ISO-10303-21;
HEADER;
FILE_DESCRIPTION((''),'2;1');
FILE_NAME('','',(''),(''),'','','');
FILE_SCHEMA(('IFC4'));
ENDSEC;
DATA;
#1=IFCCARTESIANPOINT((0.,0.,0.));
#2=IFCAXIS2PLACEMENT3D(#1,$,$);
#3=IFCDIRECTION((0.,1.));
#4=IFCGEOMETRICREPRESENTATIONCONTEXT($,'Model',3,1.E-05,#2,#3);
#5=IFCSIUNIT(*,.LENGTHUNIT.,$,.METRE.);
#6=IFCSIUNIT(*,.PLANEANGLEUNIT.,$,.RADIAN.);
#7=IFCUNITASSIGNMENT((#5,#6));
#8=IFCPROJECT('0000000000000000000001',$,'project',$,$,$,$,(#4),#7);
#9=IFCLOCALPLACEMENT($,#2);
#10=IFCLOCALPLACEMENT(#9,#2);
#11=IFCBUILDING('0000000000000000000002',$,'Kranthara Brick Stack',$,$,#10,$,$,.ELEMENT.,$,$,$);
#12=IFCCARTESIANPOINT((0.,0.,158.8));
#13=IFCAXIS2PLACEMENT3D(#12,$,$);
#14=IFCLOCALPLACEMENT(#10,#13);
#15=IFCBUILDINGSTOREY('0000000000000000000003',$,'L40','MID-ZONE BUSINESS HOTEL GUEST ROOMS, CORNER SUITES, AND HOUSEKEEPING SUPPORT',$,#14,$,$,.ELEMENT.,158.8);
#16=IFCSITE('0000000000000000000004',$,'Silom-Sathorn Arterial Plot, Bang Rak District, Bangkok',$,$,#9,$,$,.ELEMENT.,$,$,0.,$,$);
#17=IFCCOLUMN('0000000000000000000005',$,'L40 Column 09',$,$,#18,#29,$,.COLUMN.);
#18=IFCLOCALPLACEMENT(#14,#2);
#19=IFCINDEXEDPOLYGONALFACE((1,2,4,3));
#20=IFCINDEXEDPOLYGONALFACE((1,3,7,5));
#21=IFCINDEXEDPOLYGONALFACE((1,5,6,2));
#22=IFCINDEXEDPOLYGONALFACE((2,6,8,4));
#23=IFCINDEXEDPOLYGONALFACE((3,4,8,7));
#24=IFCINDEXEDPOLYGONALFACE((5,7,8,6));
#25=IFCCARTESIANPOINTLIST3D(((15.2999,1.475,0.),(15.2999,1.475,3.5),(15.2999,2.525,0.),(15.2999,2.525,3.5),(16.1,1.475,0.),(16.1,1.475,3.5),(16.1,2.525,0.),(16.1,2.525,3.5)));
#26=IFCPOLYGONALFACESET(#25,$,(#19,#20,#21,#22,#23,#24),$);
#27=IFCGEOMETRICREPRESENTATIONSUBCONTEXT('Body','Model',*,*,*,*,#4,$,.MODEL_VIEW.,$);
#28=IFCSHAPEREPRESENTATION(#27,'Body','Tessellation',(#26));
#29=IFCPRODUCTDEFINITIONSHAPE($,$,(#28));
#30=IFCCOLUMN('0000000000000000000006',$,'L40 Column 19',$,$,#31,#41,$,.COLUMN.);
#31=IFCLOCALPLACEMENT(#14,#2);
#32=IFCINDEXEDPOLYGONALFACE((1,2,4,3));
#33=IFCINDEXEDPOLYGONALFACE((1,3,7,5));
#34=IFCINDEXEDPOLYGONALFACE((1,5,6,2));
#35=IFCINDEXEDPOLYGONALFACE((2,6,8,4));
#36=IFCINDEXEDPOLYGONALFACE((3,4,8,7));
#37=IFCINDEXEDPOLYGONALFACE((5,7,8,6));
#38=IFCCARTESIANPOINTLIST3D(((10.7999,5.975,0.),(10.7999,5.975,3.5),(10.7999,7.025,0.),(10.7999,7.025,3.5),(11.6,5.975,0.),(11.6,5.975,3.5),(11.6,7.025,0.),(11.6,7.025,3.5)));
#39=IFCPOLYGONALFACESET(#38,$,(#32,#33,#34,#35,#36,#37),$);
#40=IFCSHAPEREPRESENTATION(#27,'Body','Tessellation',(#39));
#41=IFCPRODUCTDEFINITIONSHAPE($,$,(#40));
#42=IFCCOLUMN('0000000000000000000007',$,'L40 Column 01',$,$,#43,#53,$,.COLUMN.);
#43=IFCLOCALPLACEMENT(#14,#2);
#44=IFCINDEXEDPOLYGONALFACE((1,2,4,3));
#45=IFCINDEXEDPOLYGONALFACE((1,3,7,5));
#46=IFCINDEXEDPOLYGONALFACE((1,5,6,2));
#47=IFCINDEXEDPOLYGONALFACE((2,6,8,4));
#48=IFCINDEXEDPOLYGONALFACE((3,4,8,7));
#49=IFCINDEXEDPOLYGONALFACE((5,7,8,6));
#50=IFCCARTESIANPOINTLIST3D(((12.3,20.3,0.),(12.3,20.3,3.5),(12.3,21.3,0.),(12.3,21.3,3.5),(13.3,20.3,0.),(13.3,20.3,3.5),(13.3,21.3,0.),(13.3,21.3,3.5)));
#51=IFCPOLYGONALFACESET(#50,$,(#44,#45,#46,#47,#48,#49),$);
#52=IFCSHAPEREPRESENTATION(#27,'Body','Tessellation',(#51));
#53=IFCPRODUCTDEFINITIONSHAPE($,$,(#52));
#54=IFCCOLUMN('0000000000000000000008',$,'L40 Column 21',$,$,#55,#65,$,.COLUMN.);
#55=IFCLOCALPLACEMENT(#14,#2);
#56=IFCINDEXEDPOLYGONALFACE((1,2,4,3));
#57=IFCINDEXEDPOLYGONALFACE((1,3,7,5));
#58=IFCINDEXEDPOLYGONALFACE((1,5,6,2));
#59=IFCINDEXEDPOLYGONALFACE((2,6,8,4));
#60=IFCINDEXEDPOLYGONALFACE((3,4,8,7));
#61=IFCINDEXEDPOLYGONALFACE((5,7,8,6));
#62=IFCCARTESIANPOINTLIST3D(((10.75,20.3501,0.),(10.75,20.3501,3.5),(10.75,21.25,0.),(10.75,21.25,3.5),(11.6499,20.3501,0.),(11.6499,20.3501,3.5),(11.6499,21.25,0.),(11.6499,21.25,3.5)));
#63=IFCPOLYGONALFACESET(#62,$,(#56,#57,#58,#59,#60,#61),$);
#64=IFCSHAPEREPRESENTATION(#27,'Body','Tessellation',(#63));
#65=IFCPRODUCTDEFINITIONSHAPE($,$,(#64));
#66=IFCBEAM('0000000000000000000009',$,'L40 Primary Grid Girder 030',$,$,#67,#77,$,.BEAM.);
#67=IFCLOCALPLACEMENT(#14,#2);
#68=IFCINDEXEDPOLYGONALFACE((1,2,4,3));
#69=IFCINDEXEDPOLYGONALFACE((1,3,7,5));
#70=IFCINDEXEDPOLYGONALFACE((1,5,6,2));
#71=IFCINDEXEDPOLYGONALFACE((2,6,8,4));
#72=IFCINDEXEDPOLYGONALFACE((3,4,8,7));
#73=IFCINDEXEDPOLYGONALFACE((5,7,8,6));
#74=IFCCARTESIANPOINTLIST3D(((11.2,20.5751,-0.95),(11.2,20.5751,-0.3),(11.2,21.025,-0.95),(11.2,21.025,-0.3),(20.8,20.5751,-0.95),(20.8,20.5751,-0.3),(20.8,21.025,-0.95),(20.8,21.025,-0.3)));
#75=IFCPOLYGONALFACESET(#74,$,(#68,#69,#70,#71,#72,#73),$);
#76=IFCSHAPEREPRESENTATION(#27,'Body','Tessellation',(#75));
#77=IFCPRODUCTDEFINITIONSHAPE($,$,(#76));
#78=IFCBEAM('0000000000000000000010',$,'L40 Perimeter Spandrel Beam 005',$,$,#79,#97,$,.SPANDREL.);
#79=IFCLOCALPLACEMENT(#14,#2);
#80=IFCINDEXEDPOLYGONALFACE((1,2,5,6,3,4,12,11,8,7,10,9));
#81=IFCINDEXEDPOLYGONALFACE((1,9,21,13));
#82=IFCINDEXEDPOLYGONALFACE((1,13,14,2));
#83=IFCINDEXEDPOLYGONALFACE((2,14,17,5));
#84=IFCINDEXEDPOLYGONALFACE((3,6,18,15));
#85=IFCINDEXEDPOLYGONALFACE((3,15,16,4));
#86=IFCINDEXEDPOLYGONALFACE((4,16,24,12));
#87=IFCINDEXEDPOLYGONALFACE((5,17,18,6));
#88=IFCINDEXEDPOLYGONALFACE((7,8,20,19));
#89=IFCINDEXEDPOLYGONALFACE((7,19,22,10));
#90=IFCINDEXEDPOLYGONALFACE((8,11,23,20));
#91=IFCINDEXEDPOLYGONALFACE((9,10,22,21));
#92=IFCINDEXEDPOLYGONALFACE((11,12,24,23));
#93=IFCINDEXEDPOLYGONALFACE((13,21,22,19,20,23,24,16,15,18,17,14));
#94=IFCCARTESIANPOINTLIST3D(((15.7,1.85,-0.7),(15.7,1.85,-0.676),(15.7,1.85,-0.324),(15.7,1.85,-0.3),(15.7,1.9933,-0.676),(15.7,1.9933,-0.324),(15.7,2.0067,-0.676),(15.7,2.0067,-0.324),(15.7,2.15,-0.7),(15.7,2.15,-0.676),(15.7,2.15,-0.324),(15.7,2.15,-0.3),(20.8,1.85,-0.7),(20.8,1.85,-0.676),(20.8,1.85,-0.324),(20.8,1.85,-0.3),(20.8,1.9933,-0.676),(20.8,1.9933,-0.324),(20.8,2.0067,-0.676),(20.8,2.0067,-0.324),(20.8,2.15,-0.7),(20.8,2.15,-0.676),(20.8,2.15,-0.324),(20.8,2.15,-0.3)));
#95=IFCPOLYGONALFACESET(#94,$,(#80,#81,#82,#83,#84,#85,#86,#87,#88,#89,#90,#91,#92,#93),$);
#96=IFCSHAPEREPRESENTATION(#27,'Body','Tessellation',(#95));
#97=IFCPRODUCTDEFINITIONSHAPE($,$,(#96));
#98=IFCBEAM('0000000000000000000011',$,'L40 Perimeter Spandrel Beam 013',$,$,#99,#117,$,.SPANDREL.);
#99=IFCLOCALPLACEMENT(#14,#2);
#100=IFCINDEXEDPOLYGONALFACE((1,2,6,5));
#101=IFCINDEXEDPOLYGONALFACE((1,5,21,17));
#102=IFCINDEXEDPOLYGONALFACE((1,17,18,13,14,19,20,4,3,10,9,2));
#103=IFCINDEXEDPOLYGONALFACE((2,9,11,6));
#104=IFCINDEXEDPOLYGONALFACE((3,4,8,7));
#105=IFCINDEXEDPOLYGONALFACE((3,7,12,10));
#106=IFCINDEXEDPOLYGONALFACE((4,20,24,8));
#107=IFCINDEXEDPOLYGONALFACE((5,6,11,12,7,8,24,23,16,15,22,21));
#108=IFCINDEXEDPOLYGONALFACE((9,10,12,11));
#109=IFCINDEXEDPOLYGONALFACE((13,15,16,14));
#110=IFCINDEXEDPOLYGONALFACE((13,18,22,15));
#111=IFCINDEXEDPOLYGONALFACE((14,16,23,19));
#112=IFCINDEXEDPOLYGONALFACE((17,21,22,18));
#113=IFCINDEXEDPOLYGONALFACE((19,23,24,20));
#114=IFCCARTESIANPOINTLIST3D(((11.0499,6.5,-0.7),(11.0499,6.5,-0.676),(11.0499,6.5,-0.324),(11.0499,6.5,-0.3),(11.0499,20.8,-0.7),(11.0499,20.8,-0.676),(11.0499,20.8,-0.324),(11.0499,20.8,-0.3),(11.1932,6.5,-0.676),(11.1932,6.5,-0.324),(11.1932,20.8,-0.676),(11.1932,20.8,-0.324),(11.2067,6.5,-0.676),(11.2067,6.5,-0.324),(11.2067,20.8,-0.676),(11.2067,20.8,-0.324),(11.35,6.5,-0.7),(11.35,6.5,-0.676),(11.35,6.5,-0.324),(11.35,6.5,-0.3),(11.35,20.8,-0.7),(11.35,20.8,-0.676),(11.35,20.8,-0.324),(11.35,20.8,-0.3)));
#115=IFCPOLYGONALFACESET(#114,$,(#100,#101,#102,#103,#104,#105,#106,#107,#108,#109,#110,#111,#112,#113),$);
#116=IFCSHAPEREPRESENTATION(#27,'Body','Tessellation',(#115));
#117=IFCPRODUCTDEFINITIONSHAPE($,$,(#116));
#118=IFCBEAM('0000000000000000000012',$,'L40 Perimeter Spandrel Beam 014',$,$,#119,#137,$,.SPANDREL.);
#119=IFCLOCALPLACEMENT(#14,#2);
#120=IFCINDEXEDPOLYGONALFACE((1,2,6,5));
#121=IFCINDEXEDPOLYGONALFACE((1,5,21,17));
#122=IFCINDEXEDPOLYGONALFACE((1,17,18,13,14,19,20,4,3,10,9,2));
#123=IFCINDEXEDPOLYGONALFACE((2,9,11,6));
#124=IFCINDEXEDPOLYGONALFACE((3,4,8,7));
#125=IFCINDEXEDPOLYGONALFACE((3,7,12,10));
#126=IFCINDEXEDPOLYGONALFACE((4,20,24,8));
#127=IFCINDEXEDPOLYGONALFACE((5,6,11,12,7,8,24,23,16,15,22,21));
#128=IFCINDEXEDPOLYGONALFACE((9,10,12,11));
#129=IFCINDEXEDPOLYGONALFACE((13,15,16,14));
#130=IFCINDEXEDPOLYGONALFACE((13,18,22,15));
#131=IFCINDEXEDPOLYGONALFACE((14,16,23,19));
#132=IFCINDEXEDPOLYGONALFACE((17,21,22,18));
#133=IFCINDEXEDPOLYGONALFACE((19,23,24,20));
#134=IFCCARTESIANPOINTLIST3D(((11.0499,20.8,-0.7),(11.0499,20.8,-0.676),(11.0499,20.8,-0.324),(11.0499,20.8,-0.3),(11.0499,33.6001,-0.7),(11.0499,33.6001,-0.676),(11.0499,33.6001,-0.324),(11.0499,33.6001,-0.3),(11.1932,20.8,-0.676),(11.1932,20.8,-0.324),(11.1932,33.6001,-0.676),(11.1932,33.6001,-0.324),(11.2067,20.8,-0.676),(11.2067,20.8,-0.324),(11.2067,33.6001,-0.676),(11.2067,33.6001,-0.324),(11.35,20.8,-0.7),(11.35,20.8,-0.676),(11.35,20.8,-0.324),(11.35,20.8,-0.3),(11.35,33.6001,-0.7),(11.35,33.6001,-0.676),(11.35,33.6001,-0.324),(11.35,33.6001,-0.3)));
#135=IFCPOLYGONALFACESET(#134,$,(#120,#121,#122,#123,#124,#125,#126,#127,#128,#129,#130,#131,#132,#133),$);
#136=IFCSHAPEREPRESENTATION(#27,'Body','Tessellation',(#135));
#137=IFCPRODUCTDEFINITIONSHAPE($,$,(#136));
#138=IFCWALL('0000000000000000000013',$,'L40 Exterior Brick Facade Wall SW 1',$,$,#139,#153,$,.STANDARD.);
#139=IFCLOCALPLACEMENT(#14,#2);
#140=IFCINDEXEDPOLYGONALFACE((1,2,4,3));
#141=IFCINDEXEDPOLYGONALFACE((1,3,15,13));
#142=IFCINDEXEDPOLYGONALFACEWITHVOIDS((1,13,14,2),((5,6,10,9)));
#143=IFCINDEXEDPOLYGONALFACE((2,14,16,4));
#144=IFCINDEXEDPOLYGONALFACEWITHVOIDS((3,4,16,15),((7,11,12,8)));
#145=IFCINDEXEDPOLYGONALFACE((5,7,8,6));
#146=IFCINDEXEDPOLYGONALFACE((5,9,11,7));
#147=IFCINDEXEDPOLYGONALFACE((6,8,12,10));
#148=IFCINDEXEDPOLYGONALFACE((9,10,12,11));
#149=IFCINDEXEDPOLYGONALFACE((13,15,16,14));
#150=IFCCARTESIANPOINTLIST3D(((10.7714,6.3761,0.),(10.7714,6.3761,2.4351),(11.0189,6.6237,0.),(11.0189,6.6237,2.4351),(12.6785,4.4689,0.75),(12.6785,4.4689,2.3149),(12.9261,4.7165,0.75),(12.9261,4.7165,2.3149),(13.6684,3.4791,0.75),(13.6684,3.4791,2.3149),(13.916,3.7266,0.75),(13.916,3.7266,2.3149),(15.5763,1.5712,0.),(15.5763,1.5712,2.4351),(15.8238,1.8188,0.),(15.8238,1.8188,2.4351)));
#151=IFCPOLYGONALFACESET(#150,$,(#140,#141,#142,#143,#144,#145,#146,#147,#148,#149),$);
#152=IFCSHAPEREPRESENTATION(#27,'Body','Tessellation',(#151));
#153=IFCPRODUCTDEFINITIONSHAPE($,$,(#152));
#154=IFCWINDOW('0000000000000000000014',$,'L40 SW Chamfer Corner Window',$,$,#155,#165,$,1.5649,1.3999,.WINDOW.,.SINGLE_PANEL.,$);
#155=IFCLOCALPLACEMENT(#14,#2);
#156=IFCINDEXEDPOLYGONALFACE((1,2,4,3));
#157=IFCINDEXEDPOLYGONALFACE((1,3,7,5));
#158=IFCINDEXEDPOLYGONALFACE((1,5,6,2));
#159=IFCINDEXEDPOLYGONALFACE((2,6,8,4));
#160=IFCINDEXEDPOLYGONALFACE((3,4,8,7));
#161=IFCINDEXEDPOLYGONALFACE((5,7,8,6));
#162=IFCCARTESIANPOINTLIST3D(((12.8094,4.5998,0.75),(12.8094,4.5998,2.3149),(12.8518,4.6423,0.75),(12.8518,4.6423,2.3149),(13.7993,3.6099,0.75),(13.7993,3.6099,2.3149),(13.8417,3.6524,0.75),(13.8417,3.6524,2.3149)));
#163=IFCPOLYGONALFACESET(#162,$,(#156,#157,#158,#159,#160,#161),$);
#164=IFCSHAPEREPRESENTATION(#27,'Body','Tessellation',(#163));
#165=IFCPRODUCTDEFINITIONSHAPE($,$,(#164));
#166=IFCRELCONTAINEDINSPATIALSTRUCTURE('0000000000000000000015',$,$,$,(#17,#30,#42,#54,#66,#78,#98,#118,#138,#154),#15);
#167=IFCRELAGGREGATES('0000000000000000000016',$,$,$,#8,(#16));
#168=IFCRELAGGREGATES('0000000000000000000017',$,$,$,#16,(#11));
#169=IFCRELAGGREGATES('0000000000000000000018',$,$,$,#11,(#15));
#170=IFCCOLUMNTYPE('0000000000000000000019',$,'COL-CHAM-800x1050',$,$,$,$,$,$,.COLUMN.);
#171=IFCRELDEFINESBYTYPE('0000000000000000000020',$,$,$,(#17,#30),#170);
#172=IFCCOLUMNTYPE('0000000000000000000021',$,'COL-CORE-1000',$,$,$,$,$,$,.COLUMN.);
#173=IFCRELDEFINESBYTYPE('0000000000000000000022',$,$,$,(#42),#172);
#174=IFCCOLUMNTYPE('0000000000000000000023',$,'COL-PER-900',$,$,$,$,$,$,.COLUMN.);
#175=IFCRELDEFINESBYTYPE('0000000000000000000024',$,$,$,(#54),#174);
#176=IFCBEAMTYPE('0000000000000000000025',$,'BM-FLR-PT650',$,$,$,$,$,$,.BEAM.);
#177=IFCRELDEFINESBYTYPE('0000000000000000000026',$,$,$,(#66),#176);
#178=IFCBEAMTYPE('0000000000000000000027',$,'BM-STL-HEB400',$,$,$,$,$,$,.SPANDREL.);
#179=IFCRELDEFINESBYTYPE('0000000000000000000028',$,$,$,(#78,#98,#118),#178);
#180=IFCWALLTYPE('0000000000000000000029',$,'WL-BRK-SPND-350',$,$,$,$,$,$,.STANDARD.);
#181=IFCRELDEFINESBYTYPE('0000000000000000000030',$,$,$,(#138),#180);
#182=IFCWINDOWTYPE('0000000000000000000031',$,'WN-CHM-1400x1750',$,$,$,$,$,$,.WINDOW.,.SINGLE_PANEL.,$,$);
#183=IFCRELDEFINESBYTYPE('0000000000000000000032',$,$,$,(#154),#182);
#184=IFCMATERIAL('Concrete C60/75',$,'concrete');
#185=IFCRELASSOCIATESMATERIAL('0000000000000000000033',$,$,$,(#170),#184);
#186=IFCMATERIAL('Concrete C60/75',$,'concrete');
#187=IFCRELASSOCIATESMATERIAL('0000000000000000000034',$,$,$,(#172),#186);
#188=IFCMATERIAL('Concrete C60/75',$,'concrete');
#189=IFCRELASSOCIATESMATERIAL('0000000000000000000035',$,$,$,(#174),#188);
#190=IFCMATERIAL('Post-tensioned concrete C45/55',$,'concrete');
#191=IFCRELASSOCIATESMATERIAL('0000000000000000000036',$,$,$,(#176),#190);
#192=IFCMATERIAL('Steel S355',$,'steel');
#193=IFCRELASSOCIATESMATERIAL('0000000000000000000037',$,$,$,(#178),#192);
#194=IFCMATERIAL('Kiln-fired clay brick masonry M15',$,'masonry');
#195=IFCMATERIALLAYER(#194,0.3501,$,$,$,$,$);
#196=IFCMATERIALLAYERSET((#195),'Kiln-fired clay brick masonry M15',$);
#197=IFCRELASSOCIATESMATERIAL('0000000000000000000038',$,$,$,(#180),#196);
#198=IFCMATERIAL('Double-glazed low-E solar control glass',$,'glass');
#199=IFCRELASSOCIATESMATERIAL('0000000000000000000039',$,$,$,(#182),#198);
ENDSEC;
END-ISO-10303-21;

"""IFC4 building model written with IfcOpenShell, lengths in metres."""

from ifc_helpers import new_model, si_unit, direction, frame, frame_2d, origin, origin_2d, place, context, subcontext, project, spatial, rectangle, i_section, extrude, material, layer, layer_set, material_profile, profile_set, type_object, element, fill, save


model = new_model("IFC4")

# Units and contexts
model_context = context("Model", 3, precision=1e-05, world=origin(), true_north=direction((0.0, 1.0)))
body_context = subcontext(model_context, "Body", "Model", "MODEL_VIEW")
ifc_project = project(units=[si_unit("LENGTHUNIT", "METRE"), si_unit("PLANEANGLEUNIT", "RADIAN")], contexts=[model_context])

# Site, building, storey
site_placement = place(None, origin())
site = spatial("IfcSite", under=ifc_project, at=site_placement, Name="Silom-Sathorn Arterial Plot, Bang Rak District, Bangkok", CompositionType="ELEMENT", RefElevation=0.0)
building_placement = place(site_placement, origin())
building = spatial("IfcBuilding", under=site, at=building_placement, Name="Kranthara Brick Stack", CompositionType="ELEMENT")
storey_placement = place(building_placement, frame((0.0, 0.0, 158.8)))
storey = spatial("IfcBuildingStorey", under=building, at=storey_placement, Name="L40", Description="MID-ZONE BUSINESS HOTEL GUEST ROOMS, CORNER SUITES, AND HOUSEKEEPING SUPPORT", CompositionType="ELEMENT", Elevation=158.8)

# Columns
ifc_material_1 = material(Name="Concrete C60/75", Category="concrete")
ifc_material_profile_1 = material_profile(ifc_material_1, rectangle(XDim=0.8, YDim=1.05, at=origin_2d()), Name="RC 800x1050")
ifc_profile_set_1 = profile_set([ifc_material_profile_1], Name="Concrete C60/75")
column_type_1 = type_object("IfcColumnType", Name="COL-CHAM-800x1050", PredefinedType="COLUMN", material=ifc_profile_set_1)
for number, where, z_axis, x_axis, name in (
    (1, (15.7, 2.0, 0.0), (0.0, 0.0, 1.0), (1.0, 0.0, 0.0), "L40 Column 09"),
    (2, (11.2, 6.5, 0.0), (0.0, 0.0, 1.0), (1.0, 0.0, 0.0), "L40 Column 19"),
):
    element("IfcColumn", number, at=place(storey_placement, frame(where, z_axis=z_axis, x_axis=x_axis)), inside=storey, type_object=column_type_1, Name=name, PredefinedType="COLUMN", context=body_context, shape_type="SweptSolid", body=[
        extrude(rectangle(XDim=0.8, YDim=1.05, at=origin_2d()), origin(), (0.0, 0.0, 1.0), 3.5),
    ])
ifc_material_2 = material(Name="Concrete C60/75", Category="concrete")
ifc_material_profile_2 = material_profile(ifc_material_2, rectangle(XDim=1.0, YDim=1.0, at=origin_2d()), Name="RC 1000x1000")
ifc_profile_set_2 = profile_set([ifc_material_profile_2], Name="Concrete C60/75")
column_type_2 = type_object("IfcColumnType", Name="COL-CORE-1000", PredefinedType="COLUMN", material=ifc_profile_set_2)
column_1_placement = place(storey_placement, frame((12.8, 20.8, 0.0), z_axis=(0.0, 0.0, 1.0), x_axis=(1.0, 0.0, 0.0)))
element("IfcColumn", 3, at=column_1_placement, inside=storey, type_object=column_type_2, Name="L40 Column 01", PredefinedType="COLUMN", context=body_context, shape_type="SweptSolid", body=[
    extrude(rectangle(XDim=1.0, YDim=1.0, at=origin_2d()), origin(), (0.0, 0.0, 1.0), 3.5),
])
ifc_material_3 = material(Name="Concrete C60/75", Category="concrete")
ifc_material_profile_3 = material_profile(ifc_material_3, rectangle(XDim=0.8999, YDim=0.8999, at=origin_2d()), Name="RC 900x900")
ifc_profile_set_3 = profile_set([ifc_material_profile_3], Name="Concrete C60/75")
column_type_3 = type_object("IfcColumnType", Name="COL-PER-900", PredefinedType="COLUMN", material=ifc_profile_set_3)
column_2_placement = place(storey_placement, frame((11.2, 20.8, 0.0), z_axis=(0.0, 0.0, 1.0), x_axis=(1.0, 0.0, 0.0)))
element("IfcColumn", 4, at=column_2_placement, inside=storey, type_object=column_type_3, Name="L40 Column 21", PredefinedType="COLUMN", context=body_context, shape_type="SweptSolid", body=[
    extrude(rectangle(XDim=0.8999, YDim=0.8999, at=origin_2d()), origin(), (0.0, 0.0, 1.0), 3.5),
])

# Beams
ifc_material_4 = material(Name="Post-tensioned concrete C45/55", Category="concrete")
ifc_material_profile_4 = material_profile(ifc_material_4, rectangle(XDim=0.45, YDim=0.6499, at=origin_2d()), Name="PT 450x650")
ifc_profile_set_4 = profile_set([ifc_material_profile_4], Name="Post-tensioned concrete C45/55")
beam_type_1 = type_object("IfcBeamType", Name="BM-FLR-PT650", PredefinedType="BEAM", material=ifc_profile_set_4)
beam_1_placement = place(storey_placement, frame((11.2, 20.8, -0.625), z_axis=(1.0, 0.0, 0.0), x_axis=(0.0, 1.0, 0.0)))
element("IfcBeam", 5, at=beam_1_placement, inside=storey, type_object=beam_type_1, Name="L40 Primary Grid Girder 030", PredefinedType="BEAM", context=body_context, shape_type="SweptSolid", body=[
    extrude(rectangle(XDim=0.45, YDim=0.6499, at=origin_2d()), origin(), (0.0, 0.0, 1.0), 9.6001),
])
ifc_material_5 = material(Name="Steel S355", Category="steel")
ifc_material_profile_5 = material_profile(ifc_material_5, i_section(OverallWidth=0.3, OverallDepth=0.3999, WebThickness=0.0134, FlangeThickness=0.0239, at=origin_2d()), Name="HEB 400")
ifc_profile_set_5 = profile_set([ifc_material_profile_5], Name="Steel S355")
beam_type_2 = type_object("IfcBeamType", Name="BM-STL-HEB400", PredefinedType="SPANDREL", material=ifc_profile_set_5)
beam_2_placement = place(storey_placement, frame((15.7, 2.0, -0.5), z_axis=(1.0, 0.0, 0.0), x_axis=(0.0, 1.0, 0.0)))
element("IfcBeam", 6, at=beam_2_placement, inside=storey, type_object=beam_type_2, Name="L40 Perimeter Spandrel Beam 005", PredefinedType="SPANDREL", context=body_context, shape_type="SweptSolid", body=[
    extrude(i_section(OverallWidth=0.3, OverallDepth=0.3999, WebThickness=0.0134, FlangeThickness=0.0239, at=origin_2d()), origin(), (0.0, 0.0, 1.0), 5.1001),
])
beam_3_placement = place(storey_placement, frame((11.2, 6.5, -0.5), z_axis=(0.0, 1.0, 0.0), x_axis=(-1.0, 0.0, 0.0)))
element("IfcBeam", 7, at=beam_3_placement, inside=storey, type_object=beam_type_2, Name="L40 Perimeter Spandrel Beam 013", PredefinedType="SPANDREL", context=body_context, shape_type="SweptSolid", body=[
    extrude(i_section(OverallWidth=0.3, OverallDepth=0.3999, WebThickness=0.0134, FlangeThickness=0.0239, at=origin_2d()), origin(), (0.0, 0.0, 1.0), 14.3),
])
beam_4_placement = place(storey_placement, frame((11.2, 20.8, -0.5), z_axis=(0.0, 1.0, 0.0), x_axis=(-1.0, 0.0, 0.0)))
element("IfcBeam", 8, at=beam_4_placement, inside=storey, type_object=beam_type_2, Name="L40 Perimeter Spandrel Beam 014", PredefinedType="SPANDREL", context=body_context, shape_type="SweptSolid", body=[
    extrude(i_section(OverallWidth=0.3, OverallDepth=0.3999, WebThickness=0.0134, FlangeThickness=0.0239, at=origin_2d()), origin(), (0.0, 0.0, 1.0), 12.8),
])

# Wall, opening, window
ifc_material_6 = material(Name="Kiln-fired clay brick masonry M15", Category="masonry")
ifc_layer_1 = layer(ifc_material_6, 0.3501)
ifc_layer_set_1 = layer_set([ifc_layer_1], Name="Kiln-fired clay brick masonry M15")
wall_type_1 = type_object("IfcWallType", Name="WL-BRK-SPND-350", PredefinedType="STANDARD", material=ifc_layer_set_1)
wall_1_placement = place(storey_placement, frame((15.7, 1.6951, 0.0), z_axis=(0.0, 0.0, 1.0), x_axis=(-0.707107, 0.707107, 0.0)))
wall_1 = element("IfcWall", 9, at=wall_1_placement, inside=storey, type_object=wall_type_1, Name="L40 Exterior Brick Facade Wall SW 1", PredefinedType="STANDARD", context=body_context, shape_type="SweptSolid", body=[
    extrude(rectangle(XDim=6.7952, YDim=0.3501, at=frame_2d((3.3975, 0.0))), origin(), (0.0, 0.0, 1.0), 2.4351),
])
opening_1_placement = place(wall_1_placement, frame((2.698, 0.0, 0.75)))
opening_1 = element("IfcOpeningElement", 10, at=opening_1_placement, cuts=wall_1, PredefinedType="OPENING", context=body_context, shape_type="SweptSolid", body=[
    extrude(rectangle(XDim=1.3999, YDim=1.5649, at=frame_2d((0.7, 0.7825))), frame((0.0, 0.1851, 0.0), z_axis=(0.0, -1.0, 0.0), x_axis=(1.0, 0.0, 0.0)), (0.0, 0.0, 1.0), 0.3701),
])
ifc_material_7 = material(Name="Double-glazed low-E solar control glass", Category="glass")
window_type_1 = type_object("IfcWindowType", Name="WN-CHM-1400x1750", PartitioningType="SINGLE_PANEL", PredefinedType="WINDOW", material=ifc_material_7)
window_1_placement = place(opening_1_placement, origin())
window_1 = element("IfcWindow", 11, at=window_1_placement, inside=storey, type_object=window_type_1, Name="L40 SW Chamfer Corner Window", OverallHeight=1.5649, OverallWidth=1.3999, PartitioningType="SINGLE_PANEL", PredefinedType="WINDOW", context=body_context, shape_type="SweptSolid", body=[
    extrude(rectangle(XDim=1.3999, YDim=1.5649, at=frame_2d((0.7, 0.7825))), frame((0.0, -0.01, 0.0), z_axis=(0.0, -1.0, 0.0), x_axis=(1.0, 0.0, 0.0)), (0.0, 0.0, 1.0), 0.0601),
])
fill(opening_1, window_1)

save(model, "model.ifc")
